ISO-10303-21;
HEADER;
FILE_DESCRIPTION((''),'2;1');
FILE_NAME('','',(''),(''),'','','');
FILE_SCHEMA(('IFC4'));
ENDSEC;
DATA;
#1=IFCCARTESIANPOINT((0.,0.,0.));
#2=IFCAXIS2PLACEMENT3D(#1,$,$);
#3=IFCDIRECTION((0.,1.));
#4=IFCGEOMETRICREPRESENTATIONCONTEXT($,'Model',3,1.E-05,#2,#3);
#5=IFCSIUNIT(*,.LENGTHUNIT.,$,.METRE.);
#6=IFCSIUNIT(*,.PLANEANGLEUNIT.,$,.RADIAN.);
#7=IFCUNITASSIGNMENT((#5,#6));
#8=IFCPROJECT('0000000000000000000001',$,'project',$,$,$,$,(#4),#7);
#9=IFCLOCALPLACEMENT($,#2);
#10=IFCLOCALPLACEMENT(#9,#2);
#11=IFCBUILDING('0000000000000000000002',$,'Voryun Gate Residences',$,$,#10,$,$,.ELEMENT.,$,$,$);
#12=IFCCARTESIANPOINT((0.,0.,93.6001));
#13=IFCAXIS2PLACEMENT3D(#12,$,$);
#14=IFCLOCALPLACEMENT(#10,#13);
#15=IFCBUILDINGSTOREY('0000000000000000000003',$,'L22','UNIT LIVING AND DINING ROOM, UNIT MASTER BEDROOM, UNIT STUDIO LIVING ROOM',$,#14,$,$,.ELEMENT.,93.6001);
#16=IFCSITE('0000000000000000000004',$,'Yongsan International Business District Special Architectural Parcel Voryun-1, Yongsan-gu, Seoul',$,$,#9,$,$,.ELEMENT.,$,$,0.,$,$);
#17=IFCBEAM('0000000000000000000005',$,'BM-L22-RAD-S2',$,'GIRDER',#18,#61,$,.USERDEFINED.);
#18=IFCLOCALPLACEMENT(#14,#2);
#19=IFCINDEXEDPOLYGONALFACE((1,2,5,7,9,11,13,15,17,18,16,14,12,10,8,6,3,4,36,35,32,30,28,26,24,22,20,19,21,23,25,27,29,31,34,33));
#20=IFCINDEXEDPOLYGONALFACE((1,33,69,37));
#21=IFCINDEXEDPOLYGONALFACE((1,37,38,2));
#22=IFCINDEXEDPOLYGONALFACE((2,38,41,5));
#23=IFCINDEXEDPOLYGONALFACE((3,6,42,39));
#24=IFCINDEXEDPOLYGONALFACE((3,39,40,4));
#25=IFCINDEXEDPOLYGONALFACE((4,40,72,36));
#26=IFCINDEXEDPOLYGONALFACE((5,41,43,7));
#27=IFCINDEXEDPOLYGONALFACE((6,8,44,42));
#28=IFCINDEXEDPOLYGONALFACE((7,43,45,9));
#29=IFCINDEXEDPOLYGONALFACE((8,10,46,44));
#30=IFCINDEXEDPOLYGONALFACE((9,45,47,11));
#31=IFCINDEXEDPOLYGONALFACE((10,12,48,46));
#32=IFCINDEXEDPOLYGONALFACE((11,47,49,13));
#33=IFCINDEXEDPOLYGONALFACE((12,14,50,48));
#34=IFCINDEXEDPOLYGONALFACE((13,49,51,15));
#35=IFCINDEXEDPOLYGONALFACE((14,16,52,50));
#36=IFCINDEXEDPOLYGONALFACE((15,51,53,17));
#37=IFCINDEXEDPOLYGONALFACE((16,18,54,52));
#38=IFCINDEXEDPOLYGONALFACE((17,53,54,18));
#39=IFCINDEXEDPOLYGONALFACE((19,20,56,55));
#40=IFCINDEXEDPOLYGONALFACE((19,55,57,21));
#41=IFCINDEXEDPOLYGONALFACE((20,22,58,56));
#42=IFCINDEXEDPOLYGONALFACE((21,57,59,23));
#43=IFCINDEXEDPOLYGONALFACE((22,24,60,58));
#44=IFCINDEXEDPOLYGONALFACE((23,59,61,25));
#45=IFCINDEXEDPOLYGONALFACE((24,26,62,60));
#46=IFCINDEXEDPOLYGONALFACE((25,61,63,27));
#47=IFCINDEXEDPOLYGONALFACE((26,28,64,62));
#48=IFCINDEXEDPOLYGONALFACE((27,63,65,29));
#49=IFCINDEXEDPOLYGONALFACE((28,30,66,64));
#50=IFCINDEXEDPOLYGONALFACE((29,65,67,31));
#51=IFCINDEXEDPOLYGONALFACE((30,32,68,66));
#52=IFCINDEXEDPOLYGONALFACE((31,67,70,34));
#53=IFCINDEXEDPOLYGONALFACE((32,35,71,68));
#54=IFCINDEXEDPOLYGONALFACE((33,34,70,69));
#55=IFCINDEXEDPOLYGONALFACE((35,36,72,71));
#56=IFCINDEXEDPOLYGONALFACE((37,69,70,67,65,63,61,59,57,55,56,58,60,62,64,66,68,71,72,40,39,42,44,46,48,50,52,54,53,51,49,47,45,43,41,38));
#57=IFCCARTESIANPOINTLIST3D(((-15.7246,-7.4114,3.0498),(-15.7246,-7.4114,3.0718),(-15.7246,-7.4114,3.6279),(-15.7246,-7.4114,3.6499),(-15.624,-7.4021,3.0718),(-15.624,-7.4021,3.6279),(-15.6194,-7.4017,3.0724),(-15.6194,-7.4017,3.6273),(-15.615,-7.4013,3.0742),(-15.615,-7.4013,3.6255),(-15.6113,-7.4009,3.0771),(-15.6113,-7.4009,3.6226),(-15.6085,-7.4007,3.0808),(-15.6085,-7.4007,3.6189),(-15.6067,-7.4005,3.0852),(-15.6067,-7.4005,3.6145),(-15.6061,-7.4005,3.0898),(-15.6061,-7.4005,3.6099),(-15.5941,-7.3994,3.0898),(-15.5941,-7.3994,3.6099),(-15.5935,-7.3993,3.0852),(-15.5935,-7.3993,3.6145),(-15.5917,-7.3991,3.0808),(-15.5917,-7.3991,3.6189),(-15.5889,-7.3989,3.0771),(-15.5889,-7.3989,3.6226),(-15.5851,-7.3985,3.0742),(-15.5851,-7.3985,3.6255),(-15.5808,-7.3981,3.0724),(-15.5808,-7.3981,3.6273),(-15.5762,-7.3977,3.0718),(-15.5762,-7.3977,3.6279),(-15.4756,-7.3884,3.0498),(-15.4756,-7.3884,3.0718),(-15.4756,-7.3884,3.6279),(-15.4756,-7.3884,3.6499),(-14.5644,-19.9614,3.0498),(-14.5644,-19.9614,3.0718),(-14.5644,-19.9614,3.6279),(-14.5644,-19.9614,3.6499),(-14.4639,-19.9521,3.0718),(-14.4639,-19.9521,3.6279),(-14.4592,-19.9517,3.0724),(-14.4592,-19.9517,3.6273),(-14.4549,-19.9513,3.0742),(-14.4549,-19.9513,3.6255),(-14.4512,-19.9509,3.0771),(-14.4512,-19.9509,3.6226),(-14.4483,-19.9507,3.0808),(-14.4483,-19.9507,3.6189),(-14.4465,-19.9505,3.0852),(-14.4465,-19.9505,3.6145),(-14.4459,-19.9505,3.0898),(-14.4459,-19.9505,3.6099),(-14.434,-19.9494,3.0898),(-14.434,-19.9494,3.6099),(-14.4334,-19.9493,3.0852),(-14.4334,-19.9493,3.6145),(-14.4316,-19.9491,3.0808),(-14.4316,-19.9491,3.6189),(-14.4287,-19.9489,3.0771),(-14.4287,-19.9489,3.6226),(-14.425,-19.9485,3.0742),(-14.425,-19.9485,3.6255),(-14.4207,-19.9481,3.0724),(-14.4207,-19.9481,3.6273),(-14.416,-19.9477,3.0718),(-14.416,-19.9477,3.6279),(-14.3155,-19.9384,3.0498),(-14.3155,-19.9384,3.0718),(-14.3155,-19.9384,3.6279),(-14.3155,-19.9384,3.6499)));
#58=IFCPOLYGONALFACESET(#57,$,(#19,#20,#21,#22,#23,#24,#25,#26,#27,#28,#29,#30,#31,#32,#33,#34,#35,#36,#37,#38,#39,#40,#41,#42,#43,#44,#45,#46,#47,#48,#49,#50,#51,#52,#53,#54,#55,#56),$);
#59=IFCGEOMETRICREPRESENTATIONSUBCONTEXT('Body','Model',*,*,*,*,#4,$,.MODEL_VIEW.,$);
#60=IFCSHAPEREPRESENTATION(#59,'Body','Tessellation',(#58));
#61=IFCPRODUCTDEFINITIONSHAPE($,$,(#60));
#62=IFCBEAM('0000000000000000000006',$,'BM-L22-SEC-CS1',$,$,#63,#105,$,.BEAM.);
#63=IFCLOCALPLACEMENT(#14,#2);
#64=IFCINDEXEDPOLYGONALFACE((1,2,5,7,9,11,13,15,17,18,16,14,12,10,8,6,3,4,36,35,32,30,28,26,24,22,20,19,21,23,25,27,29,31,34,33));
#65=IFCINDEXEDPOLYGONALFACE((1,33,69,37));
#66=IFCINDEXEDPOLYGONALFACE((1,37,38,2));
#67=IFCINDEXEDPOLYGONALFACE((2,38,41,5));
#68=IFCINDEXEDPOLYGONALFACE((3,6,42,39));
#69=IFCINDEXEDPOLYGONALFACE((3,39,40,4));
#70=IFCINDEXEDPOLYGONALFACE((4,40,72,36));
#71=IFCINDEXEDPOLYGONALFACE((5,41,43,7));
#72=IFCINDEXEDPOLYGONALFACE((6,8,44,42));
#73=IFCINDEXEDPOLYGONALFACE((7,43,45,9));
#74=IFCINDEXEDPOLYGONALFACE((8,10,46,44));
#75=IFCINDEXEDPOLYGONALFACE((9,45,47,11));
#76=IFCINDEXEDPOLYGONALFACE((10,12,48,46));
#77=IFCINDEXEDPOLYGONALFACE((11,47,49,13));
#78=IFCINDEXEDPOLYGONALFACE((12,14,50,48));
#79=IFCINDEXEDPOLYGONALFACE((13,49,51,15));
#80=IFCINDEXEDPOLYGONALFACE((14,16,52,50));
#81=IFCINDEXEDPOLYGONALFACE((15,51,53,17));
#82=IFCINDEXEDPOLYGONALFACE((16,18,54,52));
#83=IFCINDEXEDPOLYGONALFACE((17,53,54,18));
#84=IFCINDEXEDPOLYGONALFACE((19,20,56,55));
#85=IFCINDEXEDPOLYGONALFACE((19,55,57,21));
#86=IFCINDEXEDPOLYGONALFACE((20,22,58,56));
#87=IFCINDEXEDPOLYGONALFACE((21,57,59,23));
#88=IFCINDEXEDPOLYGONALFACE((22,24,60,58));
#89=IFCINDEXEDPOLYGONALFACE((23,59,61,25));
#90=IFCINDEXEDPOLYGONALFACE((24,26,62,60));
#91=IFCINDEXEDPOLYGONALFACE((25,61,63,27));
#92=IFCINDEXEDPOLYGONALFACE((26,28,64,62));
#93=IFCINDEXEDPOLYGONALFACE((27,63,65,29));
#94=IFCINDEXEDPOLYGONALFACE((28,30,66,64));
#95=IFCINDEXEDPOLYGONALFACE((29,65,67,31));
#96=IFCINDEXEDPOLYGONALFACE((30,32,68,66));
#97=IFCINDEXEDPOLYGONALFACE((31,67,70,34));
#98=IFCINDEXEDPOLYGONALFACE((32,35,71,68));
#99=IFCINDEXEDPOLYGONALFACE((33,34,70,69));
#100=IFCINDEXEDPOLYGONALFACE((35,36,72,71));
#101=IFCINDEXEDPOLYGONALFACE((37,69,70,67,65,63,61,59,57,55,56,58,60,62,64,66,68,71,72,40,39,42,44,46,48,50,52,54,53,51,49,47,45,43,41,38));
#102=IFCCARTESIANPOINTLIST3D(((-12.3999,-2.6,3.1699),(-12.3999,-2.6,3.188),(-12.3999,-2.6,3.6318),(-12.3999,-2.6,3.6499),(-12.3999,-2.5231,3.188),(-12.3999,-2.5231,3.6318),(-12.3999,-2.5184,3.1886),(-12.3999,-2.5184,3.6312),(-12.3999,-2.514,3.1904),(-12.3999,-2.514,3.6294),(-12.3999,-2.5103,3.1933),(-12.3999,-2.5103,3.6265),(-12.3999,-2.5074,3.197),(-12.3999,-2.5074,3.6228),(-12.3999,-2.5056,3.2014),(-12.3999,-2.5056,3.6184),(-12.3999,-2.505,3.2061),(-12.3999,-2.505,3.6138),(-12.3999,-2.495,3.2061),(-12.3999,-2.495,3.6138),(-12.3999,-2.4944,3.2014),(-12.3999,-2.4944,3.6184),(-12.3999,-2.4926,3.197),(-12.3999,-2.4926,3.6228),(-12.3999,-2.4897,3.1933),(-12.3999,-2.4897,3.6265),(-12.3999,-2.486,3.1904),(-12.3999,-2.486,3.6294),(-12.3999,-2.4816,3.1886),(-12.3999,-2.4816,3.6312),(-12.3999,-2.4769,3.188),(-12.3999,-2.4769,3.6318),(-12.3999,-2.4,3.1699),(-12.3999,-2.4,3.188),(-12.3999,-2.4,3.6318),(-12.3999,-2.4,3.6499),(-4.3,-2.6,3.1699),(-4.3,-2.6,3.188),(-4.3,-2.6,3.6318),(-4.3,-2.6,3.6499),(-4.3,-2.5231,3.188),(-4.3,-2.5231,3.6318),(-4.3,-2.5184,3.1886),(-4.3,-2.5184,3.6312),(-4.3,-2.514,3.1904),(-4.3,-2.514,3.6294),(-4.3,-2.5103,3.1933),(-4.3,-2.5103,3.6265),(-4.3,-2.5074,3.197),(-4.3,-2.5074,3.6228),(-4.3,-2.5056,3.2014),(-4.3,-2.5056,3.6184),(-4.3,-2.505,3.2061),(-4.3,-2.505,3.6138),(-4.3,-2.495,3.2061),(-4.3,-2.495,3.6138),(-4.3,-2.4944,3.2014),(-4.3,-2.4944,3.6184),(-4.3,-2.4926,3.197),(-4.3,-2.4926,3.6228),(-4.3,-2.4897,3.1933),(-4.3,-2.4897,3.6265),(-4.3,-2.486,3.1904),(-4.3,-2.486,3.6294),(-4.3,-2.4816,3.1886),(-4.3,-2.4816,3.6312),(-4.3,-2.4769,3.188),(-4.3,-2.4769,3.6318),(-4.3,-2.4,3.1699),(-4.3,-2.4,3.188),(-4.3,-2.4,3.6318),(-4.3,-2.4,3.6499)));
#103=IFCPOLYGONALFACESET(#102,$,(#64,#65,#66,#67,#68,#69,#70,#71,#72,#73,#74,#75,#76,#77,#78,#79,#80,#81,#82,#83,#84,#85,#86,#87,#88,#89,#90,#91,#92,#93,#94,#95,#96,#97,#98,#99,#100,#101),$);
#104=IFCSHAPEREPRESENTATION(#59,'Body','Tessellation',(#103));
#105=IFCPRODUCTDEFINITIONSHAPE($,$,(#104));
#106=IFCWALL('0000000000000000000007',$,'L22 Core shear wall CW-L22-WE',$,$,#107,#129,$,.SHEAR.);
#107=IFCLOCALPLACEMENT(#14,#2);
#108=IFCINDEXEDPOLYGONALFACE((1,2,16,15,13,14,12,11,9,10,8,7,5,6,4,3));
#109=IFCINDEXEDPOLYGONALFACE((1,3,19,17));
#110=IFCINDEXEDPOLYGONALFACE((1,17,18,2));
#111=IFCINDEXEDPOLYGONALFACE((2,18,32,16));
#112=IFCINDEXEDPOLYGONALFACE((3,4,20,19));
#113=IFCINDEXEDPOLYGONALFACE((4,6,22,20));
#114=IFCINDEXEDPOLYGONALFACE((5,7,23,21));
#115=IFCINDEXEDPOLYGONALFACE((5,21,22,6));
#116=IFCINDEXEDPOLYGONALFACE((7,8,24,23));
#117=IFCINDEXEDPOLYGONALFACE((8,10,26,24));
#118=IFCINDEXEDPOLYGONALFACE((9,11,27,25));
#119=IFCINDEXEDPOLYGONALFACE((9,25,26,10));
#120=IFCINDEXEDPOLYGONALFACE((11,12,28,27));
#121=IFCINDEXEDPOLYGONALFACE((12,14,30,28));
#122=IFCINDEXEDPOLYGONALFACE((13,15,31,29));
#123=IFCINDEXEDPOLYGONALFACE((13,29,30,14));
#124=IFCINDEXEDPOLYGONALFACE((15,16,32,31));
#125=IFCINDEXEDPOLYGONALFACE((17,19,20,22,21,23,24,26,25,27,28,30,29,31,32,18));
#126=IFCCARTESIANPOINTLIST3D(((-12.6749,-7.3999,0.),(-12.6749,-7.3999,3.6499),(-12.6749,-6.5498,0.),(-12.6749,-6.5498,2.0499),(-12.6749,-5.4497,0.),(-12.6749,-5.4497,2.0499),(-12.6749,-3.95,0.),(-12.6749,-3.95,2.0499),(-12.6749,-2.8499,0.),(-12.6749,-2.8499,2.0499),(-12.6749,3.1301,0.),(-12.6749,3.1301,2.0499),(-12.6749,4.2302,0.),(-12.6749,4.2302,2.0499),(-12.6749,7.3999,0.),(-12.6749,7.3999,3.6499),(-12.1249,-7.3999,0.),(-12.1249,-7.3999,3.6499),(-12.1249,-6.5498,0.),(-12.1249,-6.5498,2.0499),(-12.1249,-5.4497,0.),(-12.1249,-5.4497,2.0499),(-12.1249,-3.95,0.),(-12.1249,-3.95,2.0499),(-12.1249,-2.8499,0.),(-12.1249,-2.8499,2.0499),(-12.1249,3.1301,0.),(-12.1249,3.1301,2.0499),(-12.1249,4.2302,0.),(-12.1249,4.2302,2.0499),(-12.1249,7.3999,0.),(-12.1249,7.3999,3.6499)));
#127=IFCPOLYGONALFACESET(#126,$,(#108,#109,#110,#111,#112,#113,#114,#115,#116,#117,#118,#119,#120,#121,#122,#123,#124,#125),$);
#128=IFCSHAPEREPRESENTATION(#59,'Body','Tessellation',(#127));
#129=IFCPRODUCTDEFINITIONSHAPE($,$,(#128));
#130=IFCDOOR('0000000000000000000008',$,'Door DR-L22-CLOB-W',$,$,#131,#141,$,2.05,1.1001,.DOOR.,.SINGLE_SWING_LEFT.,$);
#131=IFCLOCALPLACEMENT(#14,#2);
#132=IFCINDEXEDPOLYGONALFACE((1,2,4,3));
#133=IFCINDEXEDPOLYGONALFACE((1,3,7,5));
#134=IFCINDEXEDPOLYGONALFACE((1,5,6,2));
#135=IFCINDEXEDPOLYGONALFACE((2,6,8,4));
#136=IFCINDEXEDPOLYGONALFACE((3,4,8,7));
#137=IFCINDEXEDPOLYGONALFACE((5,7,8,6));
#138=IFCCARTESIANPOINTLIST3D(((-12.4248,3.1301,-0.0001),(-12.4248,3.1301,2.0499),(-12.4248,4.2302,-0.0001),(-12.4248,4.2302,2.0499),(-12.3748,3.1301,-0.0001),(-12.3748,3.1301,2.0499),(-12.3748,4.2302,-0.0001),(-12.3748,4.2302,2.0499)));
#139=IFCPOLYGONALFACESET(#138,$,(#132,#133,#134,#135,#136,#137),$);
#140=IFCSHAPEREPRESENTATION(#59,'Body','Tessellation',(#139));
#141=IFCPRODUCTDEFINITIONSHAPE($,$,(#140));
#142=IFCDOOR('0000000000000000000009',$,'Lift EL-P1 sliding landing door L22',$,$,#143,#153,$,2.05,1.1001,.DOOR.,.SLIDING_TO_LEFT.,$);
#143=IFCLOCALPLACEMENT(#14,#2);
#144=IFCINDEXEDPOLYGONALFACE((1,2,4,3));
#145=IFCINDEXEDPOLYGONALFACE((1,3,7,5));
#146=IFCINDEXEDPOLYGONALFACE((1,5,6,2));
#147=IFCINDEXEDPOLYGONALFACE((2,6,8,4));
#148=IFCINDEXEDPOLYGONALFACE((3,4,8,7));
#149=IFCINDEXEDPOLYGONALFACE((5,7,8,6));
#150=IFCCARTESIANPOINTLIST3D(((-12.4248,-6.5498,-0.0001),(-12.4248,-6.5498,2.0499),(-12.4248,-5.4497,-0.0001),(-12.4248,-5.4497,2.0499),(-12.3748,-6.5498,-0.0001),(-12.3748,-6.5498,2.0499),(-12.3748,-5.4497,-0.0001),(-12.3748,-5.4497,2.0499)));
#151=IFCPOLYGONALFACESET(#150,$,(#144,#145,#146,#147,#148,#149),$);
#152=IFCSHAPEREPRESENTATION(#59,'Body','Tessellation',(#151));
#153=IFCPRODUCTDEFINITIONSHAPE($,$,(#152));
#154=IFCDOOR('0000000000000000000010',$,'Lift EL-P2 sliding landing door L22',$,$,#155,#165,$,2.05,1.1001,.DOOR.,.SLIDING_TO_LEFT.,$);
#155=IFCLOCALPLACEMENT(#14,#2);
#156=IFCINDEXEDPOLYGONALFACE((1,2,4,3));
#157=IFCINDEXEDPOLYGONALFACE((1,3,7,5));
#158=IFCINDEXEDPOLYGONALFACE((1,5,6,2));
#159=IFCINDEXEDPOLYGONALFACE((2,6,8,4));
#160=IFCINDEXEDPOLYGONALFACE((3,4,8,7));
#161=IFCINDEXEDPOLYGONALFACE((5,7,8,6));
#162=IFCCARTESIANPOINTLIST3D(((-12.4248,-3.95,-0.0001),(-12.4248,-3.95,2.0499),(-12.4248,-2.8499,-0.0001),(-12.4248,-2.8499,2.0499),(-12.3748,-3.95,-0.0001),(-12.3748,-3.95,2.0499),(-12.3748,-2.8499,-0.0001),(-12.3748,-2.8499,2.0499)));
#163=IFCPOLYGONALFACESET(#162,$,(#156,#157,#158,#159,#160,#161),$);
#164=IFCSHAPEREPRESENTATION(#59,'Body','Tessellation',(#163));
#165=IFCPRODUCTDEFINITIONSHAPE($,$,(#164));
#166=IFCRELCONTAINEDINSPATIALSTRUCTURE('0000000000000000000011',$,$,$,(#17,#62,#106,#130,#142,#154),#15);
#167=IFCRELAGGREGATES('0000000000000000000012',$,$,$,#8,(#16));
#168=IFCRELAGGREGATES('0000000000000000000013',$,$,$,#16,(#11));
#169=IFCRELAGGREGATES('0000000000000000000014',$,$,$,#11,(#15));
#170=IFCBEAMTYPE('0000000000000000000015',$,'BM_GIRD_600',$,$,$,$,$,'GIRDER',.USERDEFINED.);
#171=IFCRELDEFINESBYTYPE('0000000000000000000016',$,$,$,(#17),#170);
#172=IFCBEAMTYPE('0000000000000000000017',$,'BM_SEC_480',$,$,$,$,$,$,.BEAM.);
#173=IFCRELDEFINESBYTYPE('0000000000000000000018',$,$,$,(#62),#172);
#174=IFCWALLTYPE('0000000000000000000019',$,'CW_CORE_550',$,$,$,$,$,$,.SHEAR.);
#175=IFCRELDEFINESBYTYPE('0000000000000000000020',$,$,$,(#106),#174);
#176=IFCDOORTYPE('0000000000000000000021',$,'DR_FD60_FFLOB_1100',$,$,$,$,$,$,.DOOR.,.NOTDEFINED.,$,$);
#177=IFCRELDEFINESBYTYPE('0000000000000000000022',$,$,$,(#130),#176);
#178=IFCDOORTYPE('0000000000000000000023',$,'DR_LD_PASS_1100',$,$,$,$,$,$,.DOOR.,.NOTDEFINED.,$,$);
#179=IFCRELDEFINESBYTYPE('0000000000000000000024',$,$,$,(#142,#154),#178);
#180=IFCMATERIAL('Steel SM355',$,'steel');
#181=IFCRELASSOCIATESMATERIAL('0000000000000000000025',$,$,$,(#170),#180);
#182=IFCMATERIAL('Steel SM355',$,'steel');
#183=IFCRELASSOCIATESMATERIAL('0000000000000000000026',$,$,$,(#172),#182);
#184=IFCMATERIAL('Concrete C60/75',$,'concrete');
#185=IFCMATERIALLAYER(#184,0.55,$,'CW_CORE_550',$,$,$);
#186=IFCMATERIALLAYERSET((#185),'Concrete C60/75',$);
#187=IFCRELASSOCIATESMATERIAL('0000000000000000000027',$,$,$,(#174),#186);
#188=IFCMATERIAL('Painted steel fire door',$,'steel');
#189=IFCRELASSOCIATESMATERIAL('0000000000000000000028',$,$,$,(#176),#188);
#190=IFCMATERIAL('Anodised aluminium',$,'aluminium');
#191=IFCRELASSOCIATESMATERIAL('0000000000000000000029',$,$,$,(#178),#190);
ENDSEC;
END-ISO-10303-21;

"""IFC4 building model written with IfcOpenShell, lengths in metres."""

from ifc_helpers import new_model, si_unit, direction, frame, frame_2d, origin, origin_2d, place, context, subcontext, project, spatial, rectangle, i_section, extrude, material, layer, layer_set, material_profile, profile_set, type_object, element, fill, save


model = new_model("IFC4")

# Units and contexts
model_context = context("Model", 3, precision=1e-05, world=origin(), true_north=direction((0.0, 1.0)))
body_context = subcontext(model_context, "Body", "Model", "MODEL_VIEW")
ifc_project = project(units=[si_unit("LENGTHUNIT", "METRE"), si_unit("PLANEANGLEUNIT", "RADIAN")], contexts=[model_context])

# Site, building, storey
site_placement = place(None, origin())
site = spatial("IfcSite", under=ifc_project, at=site_placement, Name="Yongsan International Business District Special Architectural Parcel Voryun-1, Yongsan-gu, Seoul", CompositionType="ELEMENT", RefElevation=0.0)
building_placement = place(site_placement, origin())
building = spatial("IfcBuilding", under=site, at=building_placement, Name="Voryun Gate Residences", CompositionType="ELEMENT")
storey_placement = place(building_placement, frame((0.0, 0.0, 93.6001)))
storey = spatial("IfcBuildingStorey", under=building, at=storey_placement, Name="L22", Description="UNIT LIVING AND DINING ROOM, UNIT MASTER BEDROOM, UNIT STUDIO LIVING ROOM", CompositionType="ELEMENT", Elevation=93.6001)

# Beams
ifc_material_1 = material(Name="Steel SM355", Category="steel")
ifc_material_profile_1 = material_profile(ifc_material_1, i_section(OverallWidth=0.25, OverallDepth=0.6001, WebThickness=0.012, FlangeThickness=0.022, FilletRadius=0.0181, at=origin_2d()), Name="H-600x250x12x22")
ifc_profile_set_1 = profile_set([ifc_material_profile_1], Name="Steel SM355")
beam_type_1 = type_object("IfcBeamType", Name="BM_GIRD_600", ElementType="GIRDER", PredefinedType="USERDEFINED", material=ifc_profile_set_1)
beam_1_placement = place(storey_placement, frame((-15.6001, -7.3999, 3.3499), z_axis=(0.09205, -0.995754, 0.0), x_axis=(0.995754, 0.09205, 0.0)))
element("IfcBeam", 1, at=beam_1_placement, inside=storey, type_object=beam_type_1, Name="BM-L22-RAD-S2", ObjectType="GIRDER", PredefinedType="USERDEFINED", context=body_context, shape_type="SweptSolid", body=[
    extrude(i_section(OverallWidth=0.25, OverallDepth=0.6001, WebThickness=0.012, FlangeThickness=0.022, FilletRadius=0.0181, at=origin_2d()), origin(), (0.0, 0.0, 1.0), 12.6035),
])
ifc_material_2 = material(Name="Steel SM355", Category="steel")
ifc_material_profile_2 = material_profile(ifc_material_2, i_section(OverallWidth=0.2, OverallDepth=0.48, WebThickness=0.01, FlangeThickness=0.0181, FilletRadius=0.0181, at=origin_2d()), Name="H-480x200x10x18")
ifc_profile_set_2 = profile_set([ifc_material_profile_2], Name="Steel SM355")
beam_type_2 = type_object("IfcBeamType", Name="BM_SEC_480", PredefinedType="BEAM", material=ifc_profile_set_2)
beam_2_placement = place(storey_placement, frame((-12.3999, -2.5, 3.4099), z_axis=(1.0, 0.0, 0.0), x_axis=(0.0, 1.0, 0.0)))
element("IfcBeam", 2, at=beam_2_placement, inside=storey, type_object=beam_type_2, Name="BM-L22-SEC-CS1", PredefinedType="BEAM", context=body_context, shape_type="SweptSolid", body=[
    extrude(i_section(OverallWidth=0.2, OverallDepth=0.48, WebThickness=0.01, FlangeThickness=0.0181, FilletRadius=0.0181, at=origin_2d()), origin(), (0.0, 0.0, 1.0), 8.0999),
])

# Wall, openings, doors
ifc_material_3 = material(Name="Concrete C60/75", Category="concrete")
ifc_layer_1 = layer(ifc_material_3, 0.55, Name="CW_CORE_550")
ifc_layer_set_1 = layer_set([ifc_layer_1], Name="Concrete C60/75")
wall_type_1 = type_object("IfcWallType", Name="CW_CORE_550", PredefinedType="SHEAR", material=ifc_layer_set_1)
wall_1_placement = place(storey_placement, frame((-12.3999, -7.3999, 0.0), z_axis=(0.0, 0.0, 1.0), x_axis=(0.0, 1.0, 0.0)))
wall_1 = element("IfcWall", 3, at=wall_1_placement, inside=storey, type_object=wall_type_1, Name="L22 Core shear wall CW-L22-WE", PredefinedType="SHEAR", context=body_context, shape_type="SweptSolid", body=[
    extrude(rectangle(XDim=14.7998, YDim=0.55, at=frame_2d((7.3999, 0.0))), origin(), (0.0, 0.0, 1.0), 3.6499),
])
opening_1_placement = place(wall_1_placement, frame((0.8501, 0.0, 0.0)))
opening_1 = element("IfcOpeningElement", 4, at=opening_1_placement, cuts=wall_1, PredefinedType="OPENING", context=body_context, shape_type="SweptSolid", body=[
    extrude(rectangle(XDim=1.1001, YDim=2.05, at=frame_2d((0.55, 1.0249))), frame((0.0, 0.2849, 0.0), z_axis=(0.0, -1.0, 0.0), x_axis=(1.0, 0.0, 0.0)), (0.0, 0.0, 1.0), 0.5701),
])
opening_2_placement = place(wall_1_placement, frame((3.45, 0.0, 0.0)))
opening_2 = element("IfcOpeningElement", 5, at=opening_2_placement, cuts=wall_1, PredefinedType="OPENING", context=body_context, shape_type="SweptSolid", body=[
    extrude(rectangle(XDim=1.1001, YDim=2.05, at=frame_2d((0.55, 1.0249))), frame((0.0, 0.2849, 0.0), z_axis=(0.0, -1.0, 0.0), x_axis=(1.0, 0.0, 0.0)), (0.0, 0.0, 1.0), 0.5701),
])
opening_3_placement = place(wall_1_placement, frame((10.53, 0.0, 0.0)))
opening_3 = element("IfcOpeningElement", 6, at=opening_3_placement, cuts=wall_1, PredefinedType="OPENING", context=body_context, shape_type="SweptSolid", body=[
    extrude(rectangle(XDim=1.1001, YDim=2.05, at=frame_2d((0.55, 1.0249))), frame((0.0, 0.2849, 0.0), z_axis=(0.0, -1.0, 0.0), x_axis=(1.0, 0.0, 0.0)), (0.0, 0.0, 1.0), 0.5701),
])
ifc_material_4 = material(Name="Painted steel fire door", Category="steel")
door_type_1 = type_object("IfcDoorType", Name="DR_FD60_FFLOB_1100", OperationType="NOTDEFINED", PredefinedType="DOOR", material=ifc_material_4)
door_1_placement = place(opening_3_placement, origin())
door_1 = element("IfcDoor", 7, at=door_1_placement, inside=storey, type_object=door_type_1, Name="Door DR-L22-CLOB-W", OperationType="SINGLE_SWING_LEFT", OverallHeight=2.05, OverallWidth=1.1001, PredefinedType="DOOR", context=body_context, shape_type="SweptSolid", body=[
    extrude(rectangle(XDim=1.1001, YDim=2.05, at=frame_2d((0.55, 1.0249))), frame((0.0, 0.0249, 0.0), z_axis=(0.0, -1.0, 0.0), x_axis=(1.0, 0.0, 0.0)), (0.0, 0.0, 1.0), 0.05),
])
fill(opening_3, door_1)
ifc_material_5 = material(Name="Anodised aluminium", Category="aluminium")
door_type_2 = type_object("IfcDoorType", Name="DR_LD_PASS_1100", OperationType="NOTDEFINED", PredefinedType="DOOR", material=ifc_material_5)
door_2_placement = place(opening_1_placement, origin())
door_2 = element("IfcDoor", 8, at=door_2_placement, inside=storey, type_object=door_type_2, Name="Lift EL-P1 sliding landing door L22", OperationType="SLIDING_TO_LEFT", OverallHeight=2.05, OverallWidth=1.1001, PredefinedType="DOOR", context=body_context, shape_type="SweptSolid", body=[
    extrude(rectangle(XDim=1.1001, YDim=2.05, at=frame_2d((0.55, 1.0249))), frame((0.0, 0.0249, 0.0), z_axis=(0.0, -1.0, 0.0), x_axis=(1.0, 0.0, 0.0)), (0.0, 0.0, 1.0), 0.05),
])
fill(opening_1, door_2)
door_3_placement = place(opening_2_placement, origin())
door_3 = element("IfcDoor", 9, at=door_3_placement, inside=storey, type_object=door_type_2, Name="Lift EL-P2 sliding landing door L22", OperationType="SLIDING_TO_LEFT", OverallHeight=2.05, OverallWidth=1.1001, PredefinedType="DOOR", context=body_context, shape_type="SweptSolid", body=[
    extrude(rectangle(XDim=1.1001, YDim=2.05, at=frame_2d((0.55, 1.0249))), frame((0.0, 0.0249, 0.0), z_axis=(0.0, -1.0, 0.0), x_axis=(1.0, 0.0, 0.0)), (0.0, 0.0, 1.0), 0.05),
])
fill(opening_2, door_3)

save(model, "model.ifc")
